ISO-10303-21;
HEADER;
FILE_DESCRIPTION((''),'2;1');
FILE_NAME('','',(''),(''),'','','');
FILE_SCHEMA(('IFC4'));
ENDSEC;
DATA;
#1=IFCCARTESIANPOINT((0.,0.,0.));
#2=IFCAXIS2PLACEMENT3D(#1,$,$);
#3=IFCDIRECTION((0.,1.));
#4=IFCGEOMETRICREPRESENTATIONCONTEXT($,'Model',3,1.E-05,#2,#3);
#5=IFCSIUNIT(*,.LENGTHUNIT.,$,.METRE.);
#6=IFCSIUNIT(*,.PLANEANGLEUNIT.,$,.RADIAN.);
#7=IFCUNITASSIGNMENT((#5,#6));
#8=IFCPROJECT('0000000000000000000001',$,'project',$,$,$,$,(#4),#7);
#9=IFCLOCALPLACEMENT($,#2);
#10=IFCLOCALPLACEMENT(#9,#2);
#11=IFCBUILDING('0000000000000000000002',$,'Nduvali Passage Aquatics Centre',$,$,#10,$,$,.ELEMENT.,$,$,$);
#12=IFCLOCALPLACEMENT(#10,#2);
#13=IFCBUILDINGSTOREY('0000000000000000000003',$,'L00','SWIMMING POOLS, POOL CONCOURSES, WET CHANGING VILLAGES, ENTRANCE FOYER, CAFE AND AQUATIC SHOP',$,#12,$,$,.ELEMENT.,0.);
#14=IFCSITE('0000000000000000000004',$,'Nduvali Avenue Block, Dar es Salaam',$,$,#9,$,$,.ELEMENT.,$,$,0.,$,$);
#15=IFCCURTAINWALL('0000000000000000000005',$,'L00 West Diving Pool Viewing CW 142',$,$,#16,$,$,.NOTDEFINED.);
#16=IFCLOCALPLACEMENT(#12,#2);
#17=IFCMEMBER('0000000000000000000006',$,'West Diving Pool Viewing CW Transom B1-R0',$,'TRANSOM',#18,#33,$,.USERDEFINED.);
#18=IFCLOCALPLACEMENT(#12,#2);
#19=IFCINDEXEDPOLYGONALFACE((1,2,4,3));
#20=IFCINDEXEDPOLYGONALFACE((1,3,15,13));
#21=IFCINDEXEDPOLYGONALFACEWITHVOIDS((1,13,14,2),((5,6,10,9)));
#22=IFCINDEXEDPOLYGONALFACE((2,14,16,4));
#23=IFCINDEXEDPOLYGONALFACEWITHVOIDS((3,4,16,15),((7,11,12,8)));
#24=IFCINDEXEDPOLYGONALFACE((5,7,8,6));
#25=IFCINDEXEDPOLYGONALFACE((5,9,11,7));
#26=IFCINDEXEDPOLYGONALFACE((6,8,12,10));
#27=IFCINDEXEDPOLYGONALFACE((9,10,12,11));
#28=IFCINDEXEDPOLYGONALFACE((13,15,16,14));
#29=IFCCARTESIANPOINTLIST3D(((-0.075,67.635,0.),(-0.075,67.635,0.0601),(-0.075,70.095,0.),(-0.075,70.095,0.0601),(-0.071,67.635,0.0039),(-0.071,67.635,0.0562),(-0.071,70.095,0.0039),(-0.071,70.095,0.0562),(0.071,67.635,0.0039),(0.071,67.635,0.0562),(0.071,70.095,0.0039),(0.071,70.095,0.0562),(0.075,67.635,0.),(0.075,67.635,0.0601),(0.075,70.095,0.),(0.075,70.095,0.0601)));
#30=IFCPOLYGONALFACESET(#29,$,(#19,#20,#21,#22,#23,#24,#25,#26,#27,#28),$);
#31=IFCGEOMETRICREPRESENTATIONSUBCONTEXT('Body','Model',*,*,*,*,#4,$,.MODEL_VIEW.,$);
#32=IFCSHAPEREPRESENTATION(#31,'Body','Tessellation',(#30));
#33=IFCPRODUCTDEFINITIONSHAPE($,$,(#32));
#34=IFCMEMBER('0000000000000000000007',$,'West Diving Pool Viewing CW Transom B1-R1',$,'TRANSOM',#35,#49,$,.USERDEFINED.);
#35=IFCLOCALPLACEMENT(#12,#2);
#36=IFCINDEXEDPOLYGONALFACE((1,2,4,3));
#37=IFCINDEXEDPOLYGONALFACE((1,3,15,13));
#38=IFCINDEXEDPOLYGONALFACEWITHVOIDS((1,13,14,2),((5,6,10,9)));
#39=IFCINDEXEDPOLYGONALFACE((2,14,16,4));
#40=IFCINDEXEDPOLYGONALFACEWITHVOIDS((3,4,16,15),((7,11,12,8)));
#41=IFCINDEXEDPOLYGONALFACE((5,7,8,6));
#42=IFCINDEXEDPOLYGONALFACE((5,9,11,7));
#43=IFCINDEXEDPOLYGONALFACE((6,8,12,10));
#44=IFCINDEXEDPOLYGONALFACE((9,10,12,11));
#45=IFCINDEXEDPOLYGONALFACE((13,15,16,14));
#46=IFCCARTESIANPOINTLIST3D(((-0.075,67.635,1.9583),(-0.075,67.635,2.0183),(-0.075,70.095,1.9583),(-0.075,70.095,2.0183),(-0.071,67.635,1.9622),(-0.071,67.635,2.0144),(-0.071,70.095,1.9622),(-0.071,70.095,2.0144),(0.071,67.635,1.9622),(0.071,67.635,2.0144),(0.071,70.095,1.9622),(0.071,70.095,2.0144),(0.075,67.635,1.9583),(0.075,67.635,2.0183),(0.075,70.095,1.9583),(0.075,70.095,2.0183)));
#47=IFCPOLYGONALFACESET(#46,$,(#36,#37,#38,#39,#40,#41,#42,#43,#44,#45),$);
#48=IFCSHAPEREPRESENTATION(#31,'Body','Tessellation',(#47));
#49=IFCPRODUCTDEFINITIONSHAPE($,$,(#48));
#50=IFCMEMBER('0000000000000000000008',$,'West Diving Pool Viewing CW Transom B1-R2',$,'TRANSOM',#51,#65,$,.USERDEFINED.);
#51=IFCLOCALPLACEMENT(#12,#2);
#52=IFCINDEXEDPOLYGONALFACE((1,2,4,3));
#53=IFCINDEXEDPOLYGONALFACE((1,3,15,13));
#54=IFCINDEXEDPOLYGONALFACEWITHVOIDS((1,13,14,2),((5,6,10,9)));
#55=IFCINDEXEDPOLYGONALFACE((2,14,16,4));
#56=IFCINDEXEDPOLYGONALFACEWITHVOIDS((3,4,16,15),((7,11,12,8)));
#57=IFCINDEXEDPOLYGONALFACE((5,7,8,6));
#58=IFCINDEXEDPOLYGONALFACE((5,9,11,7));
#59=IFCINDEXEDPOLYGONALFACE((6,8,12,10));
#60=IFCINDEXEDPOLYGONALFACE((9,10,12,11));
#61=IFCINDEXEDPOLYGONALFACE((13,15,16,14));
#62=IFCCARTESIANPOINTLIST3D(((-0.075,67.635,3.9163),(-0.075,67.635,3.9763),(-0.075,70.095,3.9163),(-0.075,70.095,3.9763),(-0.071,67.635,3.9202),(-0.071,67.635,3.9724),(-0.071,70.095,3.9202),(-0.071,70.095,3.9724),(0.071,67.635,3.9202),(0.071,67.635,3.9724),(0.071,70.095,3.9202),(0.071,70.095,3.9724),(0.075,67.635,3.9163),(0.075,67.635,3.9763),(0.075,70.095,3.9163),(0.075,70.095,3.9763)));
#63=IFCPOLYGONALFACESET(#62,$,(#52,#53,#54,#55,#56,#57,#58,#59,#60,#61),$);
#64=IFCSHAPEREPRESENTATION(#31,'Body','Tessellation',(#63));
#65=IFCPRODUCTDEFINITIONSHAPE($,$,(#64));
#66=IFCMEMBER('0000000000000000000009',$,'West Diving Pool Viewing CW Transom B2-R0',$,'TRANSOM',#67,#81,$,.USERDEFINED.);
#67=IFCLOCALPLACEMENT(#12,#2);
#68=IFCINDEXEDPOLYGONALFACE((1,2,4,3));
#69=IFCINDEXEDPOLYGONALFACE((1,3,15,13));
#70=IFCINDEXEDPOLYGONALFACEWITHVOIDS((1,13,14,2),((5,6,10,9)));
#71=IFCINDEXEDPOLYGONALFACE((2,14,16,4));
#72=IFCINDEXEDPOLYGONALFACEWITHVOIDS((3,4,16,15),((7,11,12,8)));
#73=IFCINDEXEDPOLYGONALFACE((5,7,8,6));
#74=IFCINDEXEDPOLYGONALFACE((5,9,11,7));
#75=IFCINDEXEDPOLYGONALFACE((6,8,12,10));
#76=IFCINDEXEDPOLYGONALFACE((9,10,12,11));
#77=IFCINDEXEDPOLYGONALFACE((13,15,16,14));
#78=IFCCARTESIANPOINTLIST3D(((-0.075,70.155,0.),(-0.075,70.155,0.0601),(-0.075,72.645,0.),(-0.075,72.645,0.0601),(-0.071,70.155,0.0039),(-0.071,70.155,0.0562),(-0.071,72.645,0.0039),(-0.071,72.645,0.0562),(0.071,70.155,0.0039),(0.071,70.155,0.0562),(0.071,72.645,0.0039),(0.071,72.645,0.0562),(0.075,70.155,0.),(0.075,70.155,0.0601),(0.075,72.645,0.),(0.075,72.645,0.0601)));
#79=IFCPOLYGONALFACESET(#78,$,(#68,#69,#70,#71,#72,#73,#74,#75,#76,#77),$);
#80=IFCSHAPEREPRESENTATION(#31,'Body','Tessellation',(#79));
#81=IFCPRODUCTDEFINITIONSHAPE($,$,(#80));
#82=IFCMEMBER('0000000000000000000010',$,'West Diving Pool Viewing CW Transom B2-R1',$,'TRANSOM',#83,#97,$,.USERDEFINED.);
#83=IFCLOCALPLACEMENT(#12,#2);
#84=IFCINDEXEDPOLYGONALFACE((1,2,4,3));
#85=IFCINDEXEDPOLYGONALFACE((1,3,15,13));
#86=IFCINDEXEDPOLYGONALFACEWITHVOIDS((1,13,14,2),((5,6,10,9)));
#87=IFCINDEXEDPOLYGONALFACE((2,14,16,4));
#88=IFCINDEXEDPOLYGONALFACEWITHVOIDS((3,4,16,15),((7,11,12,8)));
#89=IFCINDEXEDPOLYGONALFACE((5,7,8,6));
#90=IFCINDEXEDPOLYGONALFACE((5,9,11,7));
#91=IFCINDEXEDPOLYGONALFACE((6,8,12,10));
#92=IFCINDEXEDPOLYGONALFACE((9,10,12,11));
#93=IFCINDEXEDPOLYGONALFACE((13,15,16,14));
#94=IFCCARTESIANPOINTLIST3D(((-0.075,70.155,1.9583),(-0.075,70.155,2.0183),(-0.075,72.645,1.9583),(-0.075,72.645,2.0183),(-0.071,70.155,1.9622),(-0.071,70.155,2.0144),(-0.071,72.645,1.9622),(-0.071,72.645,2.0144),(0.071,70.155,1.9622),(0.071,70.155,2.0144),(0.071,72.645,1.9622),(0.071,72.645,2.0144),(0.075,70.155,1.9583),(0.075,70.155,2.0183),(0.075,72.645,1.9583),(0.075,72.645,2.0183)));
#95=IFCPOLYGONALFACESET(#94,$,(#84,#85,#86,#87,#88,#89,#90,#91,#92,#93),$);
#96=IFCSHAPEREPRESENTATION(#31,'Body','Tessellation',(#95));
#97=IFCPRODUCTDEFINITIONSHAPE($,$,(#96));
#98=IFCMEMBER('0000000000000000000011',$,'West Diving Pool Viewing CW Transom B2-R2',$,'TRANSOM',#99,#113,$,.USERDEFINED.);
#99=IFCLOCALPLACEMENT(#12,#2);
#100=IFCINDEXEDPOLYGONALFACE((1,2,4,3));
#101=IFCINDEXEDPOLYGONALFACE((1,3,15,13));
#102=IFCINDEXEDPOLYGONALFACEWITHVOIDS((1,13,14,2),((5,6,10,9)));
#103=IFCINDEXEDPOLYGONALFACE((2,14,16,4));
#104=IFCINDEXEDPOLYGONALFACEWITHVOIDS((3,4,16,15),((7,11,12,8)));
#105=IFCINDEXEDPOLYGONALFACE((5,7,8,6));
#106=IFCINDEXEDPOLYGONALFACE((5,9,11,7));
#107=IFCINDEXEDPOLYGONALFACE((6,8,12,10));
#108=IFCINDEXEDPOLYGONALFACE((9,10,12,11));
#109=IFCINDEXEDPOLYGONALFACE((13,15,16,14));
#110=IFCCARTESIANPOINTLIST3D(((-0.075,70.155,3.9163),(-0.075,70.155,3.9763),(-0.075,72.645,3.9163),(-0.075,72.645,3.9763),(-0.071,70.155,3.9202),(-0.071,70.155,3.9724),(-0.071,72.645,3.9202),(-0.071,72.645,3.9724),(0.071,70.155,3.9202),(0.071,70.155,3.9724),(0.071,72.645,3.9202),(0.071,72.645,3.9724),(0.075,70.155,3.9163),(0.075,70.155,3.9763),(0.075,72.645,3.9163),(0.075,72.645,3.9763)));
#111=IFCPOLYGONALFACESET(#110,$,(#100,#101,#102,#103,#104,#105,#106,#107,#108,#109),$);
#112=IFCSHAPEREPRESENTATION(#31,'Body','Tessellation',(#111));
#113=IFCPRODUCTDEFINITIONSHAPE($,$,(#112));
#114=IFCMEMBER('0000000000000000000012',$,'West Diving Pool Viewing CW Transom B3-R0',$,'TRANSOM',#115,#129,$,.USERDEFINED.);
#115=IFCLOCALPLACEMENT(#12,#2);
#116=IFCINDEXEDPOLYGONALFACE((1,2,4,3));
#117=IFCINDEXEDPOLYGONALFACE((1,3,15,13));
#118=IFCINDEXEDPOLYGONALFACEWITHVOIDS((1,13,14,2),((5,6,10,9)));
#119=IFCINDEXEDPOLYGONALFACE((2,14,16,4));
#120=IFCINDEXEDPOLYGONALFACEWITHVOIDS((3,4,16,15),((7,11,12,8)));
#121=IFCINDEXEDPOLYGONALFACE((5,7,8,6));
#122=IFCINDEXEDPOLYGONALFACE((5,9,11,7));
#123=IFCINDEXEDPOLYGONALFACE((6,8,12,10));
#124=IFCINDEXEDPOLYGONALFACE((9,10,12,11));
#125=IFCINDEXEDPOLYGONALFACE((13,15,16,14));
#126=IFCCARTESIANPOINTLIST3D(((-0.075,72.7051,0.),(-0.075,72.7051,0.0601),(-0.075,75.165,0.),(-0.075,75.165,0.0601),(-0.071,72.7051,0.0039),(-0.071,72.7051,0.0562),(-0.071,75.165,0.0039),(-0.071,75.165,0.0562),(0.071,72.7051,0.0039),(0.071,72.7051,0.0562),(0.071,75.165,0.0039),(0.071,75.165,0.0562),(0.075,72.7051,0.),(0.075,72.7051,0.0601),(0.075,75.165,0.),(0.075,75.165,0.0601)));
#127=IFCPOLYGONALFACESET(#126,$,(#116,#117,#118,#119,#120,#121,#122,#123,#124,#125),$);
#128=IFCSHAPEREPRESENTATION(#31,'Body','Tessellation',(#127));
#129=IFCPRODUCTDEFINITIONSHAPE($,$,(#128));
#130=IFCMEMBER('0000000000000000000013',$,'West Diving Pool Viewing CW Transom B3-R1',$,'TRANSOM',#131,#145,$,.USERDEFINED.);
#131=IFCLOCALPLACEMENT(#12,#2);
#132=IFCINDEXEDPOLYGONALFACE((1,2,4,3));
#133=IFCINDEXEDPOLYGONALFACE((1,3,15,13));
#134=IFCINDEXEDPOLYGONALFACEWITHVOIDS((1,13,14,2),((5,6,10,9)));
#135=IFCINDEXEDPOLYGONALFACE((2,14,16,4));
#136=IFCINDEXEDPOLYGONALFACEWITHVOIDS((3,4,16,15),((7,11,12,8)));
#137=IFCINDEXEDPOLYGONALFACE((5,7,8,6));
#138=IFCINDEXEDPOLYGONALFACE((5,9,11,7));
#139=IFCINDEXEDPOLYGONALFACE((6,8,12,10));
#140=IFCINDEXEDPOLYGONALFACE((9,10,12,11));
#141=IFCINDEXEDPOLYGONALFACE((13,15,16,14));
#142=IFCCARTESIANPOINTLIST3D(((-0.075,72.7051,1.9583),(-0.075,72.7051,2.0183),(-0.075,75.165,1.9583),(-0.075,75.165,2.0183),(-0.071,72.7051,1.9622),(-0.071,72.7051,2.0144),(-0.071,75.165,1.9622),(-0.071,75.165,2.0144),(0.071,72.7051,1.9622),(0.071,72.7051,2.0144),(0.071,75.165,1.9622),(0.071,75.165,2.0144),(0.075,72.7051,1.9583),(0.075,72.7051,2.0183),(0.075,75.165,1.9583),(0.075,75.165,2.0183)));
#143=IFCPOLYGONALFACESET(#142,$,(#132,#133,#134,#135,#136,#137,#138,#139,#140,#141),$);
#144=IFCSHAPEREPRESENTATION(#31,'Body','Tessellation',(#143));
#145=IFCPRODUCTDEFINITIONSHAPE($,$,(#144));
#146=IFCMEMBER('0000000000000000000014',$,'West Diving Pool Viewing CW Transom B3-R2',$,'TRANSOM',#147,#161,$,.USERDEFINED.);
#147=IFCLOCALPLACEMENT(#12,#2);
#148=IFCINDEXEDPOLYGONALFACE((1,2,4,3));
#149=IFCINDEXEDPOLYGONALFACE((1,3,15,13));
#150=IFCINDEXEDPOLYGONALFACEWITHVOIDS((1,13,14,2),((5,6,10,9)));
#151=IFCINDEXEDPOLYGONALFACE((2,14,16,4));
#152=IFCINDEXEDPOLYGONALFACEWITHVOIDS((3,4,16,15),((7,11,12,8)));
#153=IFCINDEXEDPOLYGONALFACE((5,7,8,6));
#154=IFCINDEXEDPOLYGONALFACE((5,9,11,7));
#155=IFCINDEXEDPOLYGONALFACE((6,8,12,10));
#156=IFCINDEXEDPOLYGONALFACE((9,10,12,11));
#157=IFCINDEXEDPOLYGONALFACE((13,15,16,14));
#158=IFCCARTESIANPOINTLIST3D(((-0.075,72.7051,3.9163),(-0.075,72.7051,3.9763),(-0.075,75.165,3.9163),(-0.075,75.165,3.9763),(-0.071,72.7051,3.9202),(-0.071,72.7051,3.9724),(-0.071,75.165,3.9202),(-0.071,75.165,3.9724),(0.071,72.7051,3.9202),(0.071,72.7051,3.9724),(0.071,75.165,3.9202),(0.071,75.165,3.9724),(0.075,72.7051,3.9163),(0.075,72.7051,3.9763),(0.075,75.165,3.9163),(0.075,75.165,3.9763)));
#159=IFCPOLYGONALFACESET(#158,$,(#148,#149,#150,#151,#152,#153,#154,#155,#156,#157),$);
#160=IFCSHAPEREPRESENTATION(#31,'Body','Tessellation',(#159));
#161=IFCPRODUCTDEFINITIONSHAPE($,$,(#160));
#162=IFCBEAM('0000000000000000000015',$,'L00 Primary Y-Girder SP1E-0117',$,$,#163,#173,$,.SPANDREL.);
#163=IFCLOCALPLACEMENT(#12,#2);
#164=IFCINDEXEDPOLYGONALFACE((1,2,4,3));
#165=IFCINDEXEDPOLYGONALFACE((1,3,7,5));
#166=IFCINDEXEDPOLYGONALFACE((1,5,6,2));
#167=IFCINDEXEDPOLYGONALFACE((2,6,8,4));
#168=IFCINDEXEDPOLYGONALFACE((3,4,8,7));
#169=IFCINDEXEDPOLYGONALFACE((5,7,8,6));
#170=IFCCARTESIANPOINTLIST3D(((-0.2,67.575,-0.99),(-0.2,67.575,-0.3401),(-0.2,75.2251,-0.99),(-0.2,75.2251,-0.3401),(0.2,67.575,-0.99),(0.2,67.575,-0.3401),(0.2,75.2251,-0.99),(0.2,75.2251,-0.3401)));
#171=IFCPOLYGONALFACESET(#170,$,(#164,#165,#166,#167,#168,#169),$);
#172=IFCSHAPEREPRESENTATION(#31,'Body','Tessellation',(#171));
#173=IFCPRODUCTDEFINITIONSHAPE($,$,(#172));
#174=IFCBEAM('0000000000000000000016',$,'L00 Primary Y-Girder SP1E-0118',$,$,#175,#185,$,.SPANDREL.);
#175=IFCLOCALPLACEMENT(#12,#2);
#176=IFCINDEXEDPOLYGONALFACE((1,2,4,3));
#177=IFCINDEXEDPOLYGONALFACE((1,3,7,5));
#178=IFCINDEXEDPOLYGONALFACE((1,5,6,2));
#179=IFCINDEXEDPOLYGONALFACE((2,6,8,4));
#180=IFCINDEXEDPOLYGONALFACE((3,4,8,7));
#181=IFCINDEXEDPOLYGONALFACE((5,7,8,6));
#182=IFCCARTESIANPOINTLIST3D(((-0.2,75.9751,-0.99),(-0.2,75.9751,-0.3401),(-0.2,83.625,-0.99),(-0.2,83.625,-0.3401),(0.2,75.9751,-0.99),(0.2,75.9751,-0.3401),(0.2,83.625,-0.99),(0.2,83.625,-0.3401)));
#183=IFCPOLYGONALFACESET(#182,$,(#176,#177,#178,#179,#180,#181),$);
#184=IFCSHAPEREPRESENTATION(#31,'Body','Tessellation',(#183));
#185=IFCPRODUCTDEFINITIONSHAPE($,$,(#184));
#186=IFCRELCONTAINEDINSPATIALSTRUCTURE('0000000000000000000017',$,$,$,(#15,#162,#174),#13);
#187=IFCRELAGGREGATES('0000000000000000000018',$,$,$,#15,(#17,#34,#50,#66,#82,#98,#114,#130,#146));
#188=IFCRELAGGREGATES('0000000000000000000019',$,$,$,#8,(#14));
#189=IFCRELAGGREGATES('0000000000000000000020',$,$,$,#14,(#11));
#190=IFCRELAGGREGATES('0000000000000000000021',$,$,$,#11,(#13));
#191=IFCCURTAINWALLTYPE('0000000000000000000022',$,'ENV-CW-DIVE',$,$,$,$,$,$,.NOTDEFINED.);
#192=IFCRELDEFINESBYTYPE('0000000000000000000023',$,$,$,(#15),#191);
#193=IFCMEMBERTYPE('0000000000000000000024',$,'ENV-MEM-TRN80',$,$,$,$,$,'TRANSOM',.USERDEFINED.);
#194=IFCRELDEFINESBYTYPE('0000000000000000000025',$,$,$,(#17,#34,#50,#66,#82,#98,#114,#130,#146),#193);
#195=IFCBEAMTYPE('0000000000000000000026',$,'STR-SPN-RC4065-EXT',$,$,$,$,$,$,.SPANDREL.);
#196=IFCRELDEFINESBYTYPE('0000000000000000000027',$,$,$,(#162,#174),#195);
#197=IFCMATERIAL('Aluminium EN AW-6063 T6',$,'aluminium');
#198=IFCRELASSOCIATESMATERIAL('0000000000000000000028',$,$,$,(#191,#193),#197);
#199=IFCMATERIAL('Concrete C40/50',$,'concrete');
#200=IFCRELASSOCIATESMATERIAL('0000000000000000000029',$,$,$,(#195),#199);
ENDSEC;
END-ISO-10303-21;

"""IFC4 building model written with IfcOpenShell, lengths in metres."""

from ifc_helpers import new_model, si_unit, direction, frame, origin, origin_2d, place, context, subcontext, project, spatial, rectangle, hollow_rectangle, extrude, material, material_profile, profile_set, type_object, element, aggregate, save


model = new_model("IFC4")

# Units and contexts
model_context = context("Model", 3, precision=1e-05, world=origin(), true_north=direction((0.0, 1.0)))
body_context = subcontext(model_context, "Body", "Model", "MODEL_VIEW")
ifc_project = project(units=[si_unit("LENGTHUNIT", "METRE"), si_unit("PLANEANGLEUNIT", "RADIAN")], contexts=[model_context])

# Site, building, storey
site_placement = place(None, origin())
site = spatial("IfcSite", under=ifc_project, at=site_placement, Name="Nduvali Avenue Block, Dar es Salaam", CompositionType="ELEMENT", RefElevation=0.0)
building_placement = place(site_placement, origin())
building = spatial("IfcBuilding", under=site, at=building_placement, Name="Nduvali Passage Aquatics Centre", CompositionType="ELEMENT")
storey_placement = place(building_placement, origin())
storey = spatial("IfcBuildingStorey", under=building, at=storey_placement, Name="L00", Description="SWIMMING POOLS, POOL CONCOURSES, WET CHANGING VILLAGES, ENTRANCE FOYER, CAFE AND AQUATIC SHOP", CompositionType="ELEMENT", Elevation=0.0)

# Shared definitions
ifc_material_1 = material(Name="Concrete C40/50", Category="concrete")

# Curtain wall
ifc_material_2 = material(Name="Aluminium EN AW-6063 T6", Category="aluminium")
curtain_wall_type = type_object("IfcCurtainWallType", Name="ENV-CW-DIVE", PredefinedType="NOTDEFINED", material=ifc_material_2)
curtain_wall_1_placement = place(storey_placement, origin())
curtain_wall_1 = element("IfcCurtainWall", 1, at=curtain_wall_1_placement, inside=storey, type_object=curtain_wall_type, Name="L00 West Diving Pool Viewing CW 142", PredefinedType="NOTDEFINED")

# Members
ifc_material_profile_1 = material_profile(ifc_material_2, hollow_rectangle(XDim=0.1499, YDim=0.0601, WallThickness=0.0039, at=origin_2d()), Name="ALU TRANSOM 150x60x4")
ifc_profile_set_1 = profile_set([ifc_material_profile_1], Name="Aluminium EN AW-6063 T6")
member_type_1 = type_object("IfcMemberType", Name="ENV-MEM-TRN80", ElementType="TRANSOM", PredefinedType="USERDEFINED", material=ifc_profile_set_1)
member_1_placement = place(storey_placement, frame((0.0, 67.635, 0.03), z_axis=(0.0, 1.0, 0.0), x_axis=(-1.0, 0.0, 0.0)))
member_1 = element("IfcMember", 2, at=member_1_placement, type_object=member_type_1, Name="West Diving Pool Viewing CW Transom B1-R0", ObjectType="TRANSOM", PredefinedType="USERDEFINED", context=body_context, shape_type="SweptSolid", body=[
    extrude(hollow_rectangle(XDim=0.1499, YDim=0.0601, WallThickness=0.0039, at=origin_2d()), origin(), (0.0, 0.0, 1.0), 2.46),
])
member_2_placement = place(storey_placement, frame((0.0, 67.635, 1.9883), z_axis=(0.0, 1.0, 0.0), x_axis=(-1.0, 0.0, 0.0)))
member_2 = element("IfcMember", 3, at=member_2_placement, type_object=member_type_1, Name="West Diving Pool Viewing CW Transom B1-R1", ObjectType="TRANSOM", PredefinedType="USERDEFINED", context=body_context, shape_type="SweptSolid", body=[
    extrude(hollow_rectangle(XDim=0.1499, YDim=0.0601, WallThickness=0.0039, at=origin_2d()), origin(), (0.0, 0.0, 1.0), 2.46),
])
member_3_placement = place(storey_placement, frame((0.0, 67.635, 3.9463), z_axis=(0.0, 1.0, 0.0), x_axis=(-1.0, 0.0, 0.0)))
member_3 = element("IfcMember", 4, at=member_3_placement, type_object=member_type_1, Name="West Diving Pool Viewing CW Transom B1-R2", ObjectType="TRANSOM", PredefinedType="USERDEFINED", context=body_context, shape_type="SweptSolid", body=[
    extrude(hollow_rectangle(XDim=0.1499, YDim=0.0601, WallThickness=0.0039, at=origin_2d()), origin(), (0.0, 0.0, 1.0), 2.46),
])
member_4_placement = place(storey_placement, frame((0.0, 70.155, 0.03), z_axis=(0.0, 1.0, 0.0), x_axis=(-1.0, 0.0, 0.0)))
member_4 = element("IfcMember", 5, at=member_4_placement, type_object=member_type_1, Name="West Diving Pool Viewing CW Transom B2-R0", ObjectType="TRANSOM", PredefinedType="USERDEFINED", context=body_context, shape_type="SweptSolid", body=[
    extrude(hollow_rectangle(XDim=0.1499, YDim=0.0601, WallThickness=0.0039, at=origin_2d()), origin(), (0.0, 0.0, 1.0), 2.49),
])
member_5_placement = place(storey_placement, frame((0.0, 70.155, 1.9883), z_axis=(0.0, 1.0, 0.0), x_axis=(-1.0, 0.0, 0.0)))
member_5 = element("IfcMember", 6, at=member_5_placement, type_object=member_type_1, Name="West Diving Pool Viewing CW Transom B2-R1", ObjectType="TRANSOM", PredefinedType="USERDEFINED", context=body_context, shape_type="SweptSolid", body=[
    extrude(hollow_rectangle(XDim=0.1499, YDim=0.0601, WallThickness=0.0039, at=origin_2d()), origin(), (0.0, 0.0, 1.0), 2.49),
])
member_6_placement = place(storey_placement, frame((0.0, 70.155, 3.9463), z_axis=(0.0, 1.0, 0.0), x_axis=(-1.0, 0.0, 0.0)))
member_6 = element("IfcMember", 7, at=member_6_placement, type_object=member_type_1, Name="West Diving Pool Viewing CW Transom B2-R2", ObjectType="TRANSOM", PredefinedType="USERDEFINED", context=body_context, shape_type="SweptSolid", body=[
    extrude(hollow_rectangle(XDim=0.1499, YDim=0.0601, WallThickness=0.0039, at=origin_2d()), origin(), (0.0, 0.0, 1.0), 2.49),
])
member_7_placement = place(storey_placement, frame((0.0, 72.7051, 0.03), z_axis=(0.0, 1.0, 0.0), x_axis=(-1.0, 0.0, 0.0)))
member_7 = element("IfcMember", 8, at=member_7_placement, type_object=member_type_1, Name="West Diving Pool Viewing CW Transom B3-R0", ObjectType="TRANSOM", PredefinedType="USERDEFINED", context=body_context, shape_type="SweptSolid", body=[
    extrude(hollow_rectangle(XDim=0.1499, YDim=0.0601, WallThickness=0.0039, at=origin_2d()), origin(), (0.0, 0.0, 1.0), 2.46),
])
member_8_placement = place(storey_placement, frame((0.0, 72.7051, 1.9883), z_axis=(0.0, 1.0, 0.0), x_axis=(-1.0, 0.0, 0.0)))
member_8 = element("IfcMember", 9, at=member_8_placement, type_object=member_type_1, Name="West Diving Pool Viewing CW Transom B3-R1", ObjectType="TRANSOM", PredefinedType="USERDEFINED", context=body_context, shape_type="SweptSolid", body=[
    extrude(hollow_rectangle(XDim=0.1499, YDim=0.0601, WallThickness=0.0039, at=origin_2d()), origin(), (0.0, 0.0, 1.0), 2.46),
])
member_9_placement = place(storey_placement, frame((0.0, 72.7051, 3.9463), z_axis=(0.0, 1.0, 0.0), x_axis=(-1.0, 0.0, 0.0)))
member_9 = element("IfcMember", 10, at=member_9_placement, type_object=member_type_1, Name="West Diving Pool Viewing CW Transom B3-R2", ObjectType="TRANSOM", PredefinedType="USERDEFINED", context=body_context, shape_type="SweptSolid", body=[
    extrude(hollow_rectangle(XDim=0.1499, YDim=0.0601, WallThickness=0.0039, at=origin_2d()), origin(), (0.0, 0.0, 1.0), 2.46),
])

# Beams
ifc_material_profile_2 = material_profile(ifc_material_1, rectangle(XDim=0.3999, YDim=0.6499, at=origin_2d()), Name="RC 400x650")
ifc_profile_set_2 = profile_set([ifc_material_profile_2], Name="Concrete C40/50")
beam_type = type_object("IfcBeamType", Name="STR-SPN-RC4065-EXT", PredefinedType="SPANDREL", material=ifc_profile_set_2)
beam_1_placement = place(storey_placement, frame((0.0, 67.575, -0.665), z_axis=(0.0, 1.0, 0.0), x_axis=(-1.0, 0.0, 0.0)))
element("IfcBeam", 11, at=beam_1_placement, inside=storey, type_object=beam_type, Name="L00 Primary Y-Girder SP1E-0117", PredefinedType="SPANDREL", context=body_context, shape_type="SweptSolid", body=[
    extrude(rectangle(XDim=0.3999, YDim=0.6499, at=origin_2d()), origin(), (0.0, 0.0, 1.0), 7.6501),
])
beam_2_placement = place(storey_placement, frame((0.0, 75.9751, -0.665), z_axis=(0.0, 1.0, 0.0), x_axis=(-1.0, 0.0, 0.0)))
element("IfcBeam", 12, at=beam_2_placement, inside=storey, type_object=beam_type, Name="L00 Primary Y-Girder SP1E-0118", PredefinedType="SPANDREL", context=body_context, shape_type="SweptSolid", body=[
    extrude(rectangle(XDim=0.3999, YDim=0.6499, at=origin_2d()), origin(), (0.0, 0.0, 1.0), 7.6499),
])

aggregate(curtain_wall_1, [member_1, member_2, member_3, member_4, member_5, member_6, member_7, member_8, member_9])

save(model, "model.ifc")
